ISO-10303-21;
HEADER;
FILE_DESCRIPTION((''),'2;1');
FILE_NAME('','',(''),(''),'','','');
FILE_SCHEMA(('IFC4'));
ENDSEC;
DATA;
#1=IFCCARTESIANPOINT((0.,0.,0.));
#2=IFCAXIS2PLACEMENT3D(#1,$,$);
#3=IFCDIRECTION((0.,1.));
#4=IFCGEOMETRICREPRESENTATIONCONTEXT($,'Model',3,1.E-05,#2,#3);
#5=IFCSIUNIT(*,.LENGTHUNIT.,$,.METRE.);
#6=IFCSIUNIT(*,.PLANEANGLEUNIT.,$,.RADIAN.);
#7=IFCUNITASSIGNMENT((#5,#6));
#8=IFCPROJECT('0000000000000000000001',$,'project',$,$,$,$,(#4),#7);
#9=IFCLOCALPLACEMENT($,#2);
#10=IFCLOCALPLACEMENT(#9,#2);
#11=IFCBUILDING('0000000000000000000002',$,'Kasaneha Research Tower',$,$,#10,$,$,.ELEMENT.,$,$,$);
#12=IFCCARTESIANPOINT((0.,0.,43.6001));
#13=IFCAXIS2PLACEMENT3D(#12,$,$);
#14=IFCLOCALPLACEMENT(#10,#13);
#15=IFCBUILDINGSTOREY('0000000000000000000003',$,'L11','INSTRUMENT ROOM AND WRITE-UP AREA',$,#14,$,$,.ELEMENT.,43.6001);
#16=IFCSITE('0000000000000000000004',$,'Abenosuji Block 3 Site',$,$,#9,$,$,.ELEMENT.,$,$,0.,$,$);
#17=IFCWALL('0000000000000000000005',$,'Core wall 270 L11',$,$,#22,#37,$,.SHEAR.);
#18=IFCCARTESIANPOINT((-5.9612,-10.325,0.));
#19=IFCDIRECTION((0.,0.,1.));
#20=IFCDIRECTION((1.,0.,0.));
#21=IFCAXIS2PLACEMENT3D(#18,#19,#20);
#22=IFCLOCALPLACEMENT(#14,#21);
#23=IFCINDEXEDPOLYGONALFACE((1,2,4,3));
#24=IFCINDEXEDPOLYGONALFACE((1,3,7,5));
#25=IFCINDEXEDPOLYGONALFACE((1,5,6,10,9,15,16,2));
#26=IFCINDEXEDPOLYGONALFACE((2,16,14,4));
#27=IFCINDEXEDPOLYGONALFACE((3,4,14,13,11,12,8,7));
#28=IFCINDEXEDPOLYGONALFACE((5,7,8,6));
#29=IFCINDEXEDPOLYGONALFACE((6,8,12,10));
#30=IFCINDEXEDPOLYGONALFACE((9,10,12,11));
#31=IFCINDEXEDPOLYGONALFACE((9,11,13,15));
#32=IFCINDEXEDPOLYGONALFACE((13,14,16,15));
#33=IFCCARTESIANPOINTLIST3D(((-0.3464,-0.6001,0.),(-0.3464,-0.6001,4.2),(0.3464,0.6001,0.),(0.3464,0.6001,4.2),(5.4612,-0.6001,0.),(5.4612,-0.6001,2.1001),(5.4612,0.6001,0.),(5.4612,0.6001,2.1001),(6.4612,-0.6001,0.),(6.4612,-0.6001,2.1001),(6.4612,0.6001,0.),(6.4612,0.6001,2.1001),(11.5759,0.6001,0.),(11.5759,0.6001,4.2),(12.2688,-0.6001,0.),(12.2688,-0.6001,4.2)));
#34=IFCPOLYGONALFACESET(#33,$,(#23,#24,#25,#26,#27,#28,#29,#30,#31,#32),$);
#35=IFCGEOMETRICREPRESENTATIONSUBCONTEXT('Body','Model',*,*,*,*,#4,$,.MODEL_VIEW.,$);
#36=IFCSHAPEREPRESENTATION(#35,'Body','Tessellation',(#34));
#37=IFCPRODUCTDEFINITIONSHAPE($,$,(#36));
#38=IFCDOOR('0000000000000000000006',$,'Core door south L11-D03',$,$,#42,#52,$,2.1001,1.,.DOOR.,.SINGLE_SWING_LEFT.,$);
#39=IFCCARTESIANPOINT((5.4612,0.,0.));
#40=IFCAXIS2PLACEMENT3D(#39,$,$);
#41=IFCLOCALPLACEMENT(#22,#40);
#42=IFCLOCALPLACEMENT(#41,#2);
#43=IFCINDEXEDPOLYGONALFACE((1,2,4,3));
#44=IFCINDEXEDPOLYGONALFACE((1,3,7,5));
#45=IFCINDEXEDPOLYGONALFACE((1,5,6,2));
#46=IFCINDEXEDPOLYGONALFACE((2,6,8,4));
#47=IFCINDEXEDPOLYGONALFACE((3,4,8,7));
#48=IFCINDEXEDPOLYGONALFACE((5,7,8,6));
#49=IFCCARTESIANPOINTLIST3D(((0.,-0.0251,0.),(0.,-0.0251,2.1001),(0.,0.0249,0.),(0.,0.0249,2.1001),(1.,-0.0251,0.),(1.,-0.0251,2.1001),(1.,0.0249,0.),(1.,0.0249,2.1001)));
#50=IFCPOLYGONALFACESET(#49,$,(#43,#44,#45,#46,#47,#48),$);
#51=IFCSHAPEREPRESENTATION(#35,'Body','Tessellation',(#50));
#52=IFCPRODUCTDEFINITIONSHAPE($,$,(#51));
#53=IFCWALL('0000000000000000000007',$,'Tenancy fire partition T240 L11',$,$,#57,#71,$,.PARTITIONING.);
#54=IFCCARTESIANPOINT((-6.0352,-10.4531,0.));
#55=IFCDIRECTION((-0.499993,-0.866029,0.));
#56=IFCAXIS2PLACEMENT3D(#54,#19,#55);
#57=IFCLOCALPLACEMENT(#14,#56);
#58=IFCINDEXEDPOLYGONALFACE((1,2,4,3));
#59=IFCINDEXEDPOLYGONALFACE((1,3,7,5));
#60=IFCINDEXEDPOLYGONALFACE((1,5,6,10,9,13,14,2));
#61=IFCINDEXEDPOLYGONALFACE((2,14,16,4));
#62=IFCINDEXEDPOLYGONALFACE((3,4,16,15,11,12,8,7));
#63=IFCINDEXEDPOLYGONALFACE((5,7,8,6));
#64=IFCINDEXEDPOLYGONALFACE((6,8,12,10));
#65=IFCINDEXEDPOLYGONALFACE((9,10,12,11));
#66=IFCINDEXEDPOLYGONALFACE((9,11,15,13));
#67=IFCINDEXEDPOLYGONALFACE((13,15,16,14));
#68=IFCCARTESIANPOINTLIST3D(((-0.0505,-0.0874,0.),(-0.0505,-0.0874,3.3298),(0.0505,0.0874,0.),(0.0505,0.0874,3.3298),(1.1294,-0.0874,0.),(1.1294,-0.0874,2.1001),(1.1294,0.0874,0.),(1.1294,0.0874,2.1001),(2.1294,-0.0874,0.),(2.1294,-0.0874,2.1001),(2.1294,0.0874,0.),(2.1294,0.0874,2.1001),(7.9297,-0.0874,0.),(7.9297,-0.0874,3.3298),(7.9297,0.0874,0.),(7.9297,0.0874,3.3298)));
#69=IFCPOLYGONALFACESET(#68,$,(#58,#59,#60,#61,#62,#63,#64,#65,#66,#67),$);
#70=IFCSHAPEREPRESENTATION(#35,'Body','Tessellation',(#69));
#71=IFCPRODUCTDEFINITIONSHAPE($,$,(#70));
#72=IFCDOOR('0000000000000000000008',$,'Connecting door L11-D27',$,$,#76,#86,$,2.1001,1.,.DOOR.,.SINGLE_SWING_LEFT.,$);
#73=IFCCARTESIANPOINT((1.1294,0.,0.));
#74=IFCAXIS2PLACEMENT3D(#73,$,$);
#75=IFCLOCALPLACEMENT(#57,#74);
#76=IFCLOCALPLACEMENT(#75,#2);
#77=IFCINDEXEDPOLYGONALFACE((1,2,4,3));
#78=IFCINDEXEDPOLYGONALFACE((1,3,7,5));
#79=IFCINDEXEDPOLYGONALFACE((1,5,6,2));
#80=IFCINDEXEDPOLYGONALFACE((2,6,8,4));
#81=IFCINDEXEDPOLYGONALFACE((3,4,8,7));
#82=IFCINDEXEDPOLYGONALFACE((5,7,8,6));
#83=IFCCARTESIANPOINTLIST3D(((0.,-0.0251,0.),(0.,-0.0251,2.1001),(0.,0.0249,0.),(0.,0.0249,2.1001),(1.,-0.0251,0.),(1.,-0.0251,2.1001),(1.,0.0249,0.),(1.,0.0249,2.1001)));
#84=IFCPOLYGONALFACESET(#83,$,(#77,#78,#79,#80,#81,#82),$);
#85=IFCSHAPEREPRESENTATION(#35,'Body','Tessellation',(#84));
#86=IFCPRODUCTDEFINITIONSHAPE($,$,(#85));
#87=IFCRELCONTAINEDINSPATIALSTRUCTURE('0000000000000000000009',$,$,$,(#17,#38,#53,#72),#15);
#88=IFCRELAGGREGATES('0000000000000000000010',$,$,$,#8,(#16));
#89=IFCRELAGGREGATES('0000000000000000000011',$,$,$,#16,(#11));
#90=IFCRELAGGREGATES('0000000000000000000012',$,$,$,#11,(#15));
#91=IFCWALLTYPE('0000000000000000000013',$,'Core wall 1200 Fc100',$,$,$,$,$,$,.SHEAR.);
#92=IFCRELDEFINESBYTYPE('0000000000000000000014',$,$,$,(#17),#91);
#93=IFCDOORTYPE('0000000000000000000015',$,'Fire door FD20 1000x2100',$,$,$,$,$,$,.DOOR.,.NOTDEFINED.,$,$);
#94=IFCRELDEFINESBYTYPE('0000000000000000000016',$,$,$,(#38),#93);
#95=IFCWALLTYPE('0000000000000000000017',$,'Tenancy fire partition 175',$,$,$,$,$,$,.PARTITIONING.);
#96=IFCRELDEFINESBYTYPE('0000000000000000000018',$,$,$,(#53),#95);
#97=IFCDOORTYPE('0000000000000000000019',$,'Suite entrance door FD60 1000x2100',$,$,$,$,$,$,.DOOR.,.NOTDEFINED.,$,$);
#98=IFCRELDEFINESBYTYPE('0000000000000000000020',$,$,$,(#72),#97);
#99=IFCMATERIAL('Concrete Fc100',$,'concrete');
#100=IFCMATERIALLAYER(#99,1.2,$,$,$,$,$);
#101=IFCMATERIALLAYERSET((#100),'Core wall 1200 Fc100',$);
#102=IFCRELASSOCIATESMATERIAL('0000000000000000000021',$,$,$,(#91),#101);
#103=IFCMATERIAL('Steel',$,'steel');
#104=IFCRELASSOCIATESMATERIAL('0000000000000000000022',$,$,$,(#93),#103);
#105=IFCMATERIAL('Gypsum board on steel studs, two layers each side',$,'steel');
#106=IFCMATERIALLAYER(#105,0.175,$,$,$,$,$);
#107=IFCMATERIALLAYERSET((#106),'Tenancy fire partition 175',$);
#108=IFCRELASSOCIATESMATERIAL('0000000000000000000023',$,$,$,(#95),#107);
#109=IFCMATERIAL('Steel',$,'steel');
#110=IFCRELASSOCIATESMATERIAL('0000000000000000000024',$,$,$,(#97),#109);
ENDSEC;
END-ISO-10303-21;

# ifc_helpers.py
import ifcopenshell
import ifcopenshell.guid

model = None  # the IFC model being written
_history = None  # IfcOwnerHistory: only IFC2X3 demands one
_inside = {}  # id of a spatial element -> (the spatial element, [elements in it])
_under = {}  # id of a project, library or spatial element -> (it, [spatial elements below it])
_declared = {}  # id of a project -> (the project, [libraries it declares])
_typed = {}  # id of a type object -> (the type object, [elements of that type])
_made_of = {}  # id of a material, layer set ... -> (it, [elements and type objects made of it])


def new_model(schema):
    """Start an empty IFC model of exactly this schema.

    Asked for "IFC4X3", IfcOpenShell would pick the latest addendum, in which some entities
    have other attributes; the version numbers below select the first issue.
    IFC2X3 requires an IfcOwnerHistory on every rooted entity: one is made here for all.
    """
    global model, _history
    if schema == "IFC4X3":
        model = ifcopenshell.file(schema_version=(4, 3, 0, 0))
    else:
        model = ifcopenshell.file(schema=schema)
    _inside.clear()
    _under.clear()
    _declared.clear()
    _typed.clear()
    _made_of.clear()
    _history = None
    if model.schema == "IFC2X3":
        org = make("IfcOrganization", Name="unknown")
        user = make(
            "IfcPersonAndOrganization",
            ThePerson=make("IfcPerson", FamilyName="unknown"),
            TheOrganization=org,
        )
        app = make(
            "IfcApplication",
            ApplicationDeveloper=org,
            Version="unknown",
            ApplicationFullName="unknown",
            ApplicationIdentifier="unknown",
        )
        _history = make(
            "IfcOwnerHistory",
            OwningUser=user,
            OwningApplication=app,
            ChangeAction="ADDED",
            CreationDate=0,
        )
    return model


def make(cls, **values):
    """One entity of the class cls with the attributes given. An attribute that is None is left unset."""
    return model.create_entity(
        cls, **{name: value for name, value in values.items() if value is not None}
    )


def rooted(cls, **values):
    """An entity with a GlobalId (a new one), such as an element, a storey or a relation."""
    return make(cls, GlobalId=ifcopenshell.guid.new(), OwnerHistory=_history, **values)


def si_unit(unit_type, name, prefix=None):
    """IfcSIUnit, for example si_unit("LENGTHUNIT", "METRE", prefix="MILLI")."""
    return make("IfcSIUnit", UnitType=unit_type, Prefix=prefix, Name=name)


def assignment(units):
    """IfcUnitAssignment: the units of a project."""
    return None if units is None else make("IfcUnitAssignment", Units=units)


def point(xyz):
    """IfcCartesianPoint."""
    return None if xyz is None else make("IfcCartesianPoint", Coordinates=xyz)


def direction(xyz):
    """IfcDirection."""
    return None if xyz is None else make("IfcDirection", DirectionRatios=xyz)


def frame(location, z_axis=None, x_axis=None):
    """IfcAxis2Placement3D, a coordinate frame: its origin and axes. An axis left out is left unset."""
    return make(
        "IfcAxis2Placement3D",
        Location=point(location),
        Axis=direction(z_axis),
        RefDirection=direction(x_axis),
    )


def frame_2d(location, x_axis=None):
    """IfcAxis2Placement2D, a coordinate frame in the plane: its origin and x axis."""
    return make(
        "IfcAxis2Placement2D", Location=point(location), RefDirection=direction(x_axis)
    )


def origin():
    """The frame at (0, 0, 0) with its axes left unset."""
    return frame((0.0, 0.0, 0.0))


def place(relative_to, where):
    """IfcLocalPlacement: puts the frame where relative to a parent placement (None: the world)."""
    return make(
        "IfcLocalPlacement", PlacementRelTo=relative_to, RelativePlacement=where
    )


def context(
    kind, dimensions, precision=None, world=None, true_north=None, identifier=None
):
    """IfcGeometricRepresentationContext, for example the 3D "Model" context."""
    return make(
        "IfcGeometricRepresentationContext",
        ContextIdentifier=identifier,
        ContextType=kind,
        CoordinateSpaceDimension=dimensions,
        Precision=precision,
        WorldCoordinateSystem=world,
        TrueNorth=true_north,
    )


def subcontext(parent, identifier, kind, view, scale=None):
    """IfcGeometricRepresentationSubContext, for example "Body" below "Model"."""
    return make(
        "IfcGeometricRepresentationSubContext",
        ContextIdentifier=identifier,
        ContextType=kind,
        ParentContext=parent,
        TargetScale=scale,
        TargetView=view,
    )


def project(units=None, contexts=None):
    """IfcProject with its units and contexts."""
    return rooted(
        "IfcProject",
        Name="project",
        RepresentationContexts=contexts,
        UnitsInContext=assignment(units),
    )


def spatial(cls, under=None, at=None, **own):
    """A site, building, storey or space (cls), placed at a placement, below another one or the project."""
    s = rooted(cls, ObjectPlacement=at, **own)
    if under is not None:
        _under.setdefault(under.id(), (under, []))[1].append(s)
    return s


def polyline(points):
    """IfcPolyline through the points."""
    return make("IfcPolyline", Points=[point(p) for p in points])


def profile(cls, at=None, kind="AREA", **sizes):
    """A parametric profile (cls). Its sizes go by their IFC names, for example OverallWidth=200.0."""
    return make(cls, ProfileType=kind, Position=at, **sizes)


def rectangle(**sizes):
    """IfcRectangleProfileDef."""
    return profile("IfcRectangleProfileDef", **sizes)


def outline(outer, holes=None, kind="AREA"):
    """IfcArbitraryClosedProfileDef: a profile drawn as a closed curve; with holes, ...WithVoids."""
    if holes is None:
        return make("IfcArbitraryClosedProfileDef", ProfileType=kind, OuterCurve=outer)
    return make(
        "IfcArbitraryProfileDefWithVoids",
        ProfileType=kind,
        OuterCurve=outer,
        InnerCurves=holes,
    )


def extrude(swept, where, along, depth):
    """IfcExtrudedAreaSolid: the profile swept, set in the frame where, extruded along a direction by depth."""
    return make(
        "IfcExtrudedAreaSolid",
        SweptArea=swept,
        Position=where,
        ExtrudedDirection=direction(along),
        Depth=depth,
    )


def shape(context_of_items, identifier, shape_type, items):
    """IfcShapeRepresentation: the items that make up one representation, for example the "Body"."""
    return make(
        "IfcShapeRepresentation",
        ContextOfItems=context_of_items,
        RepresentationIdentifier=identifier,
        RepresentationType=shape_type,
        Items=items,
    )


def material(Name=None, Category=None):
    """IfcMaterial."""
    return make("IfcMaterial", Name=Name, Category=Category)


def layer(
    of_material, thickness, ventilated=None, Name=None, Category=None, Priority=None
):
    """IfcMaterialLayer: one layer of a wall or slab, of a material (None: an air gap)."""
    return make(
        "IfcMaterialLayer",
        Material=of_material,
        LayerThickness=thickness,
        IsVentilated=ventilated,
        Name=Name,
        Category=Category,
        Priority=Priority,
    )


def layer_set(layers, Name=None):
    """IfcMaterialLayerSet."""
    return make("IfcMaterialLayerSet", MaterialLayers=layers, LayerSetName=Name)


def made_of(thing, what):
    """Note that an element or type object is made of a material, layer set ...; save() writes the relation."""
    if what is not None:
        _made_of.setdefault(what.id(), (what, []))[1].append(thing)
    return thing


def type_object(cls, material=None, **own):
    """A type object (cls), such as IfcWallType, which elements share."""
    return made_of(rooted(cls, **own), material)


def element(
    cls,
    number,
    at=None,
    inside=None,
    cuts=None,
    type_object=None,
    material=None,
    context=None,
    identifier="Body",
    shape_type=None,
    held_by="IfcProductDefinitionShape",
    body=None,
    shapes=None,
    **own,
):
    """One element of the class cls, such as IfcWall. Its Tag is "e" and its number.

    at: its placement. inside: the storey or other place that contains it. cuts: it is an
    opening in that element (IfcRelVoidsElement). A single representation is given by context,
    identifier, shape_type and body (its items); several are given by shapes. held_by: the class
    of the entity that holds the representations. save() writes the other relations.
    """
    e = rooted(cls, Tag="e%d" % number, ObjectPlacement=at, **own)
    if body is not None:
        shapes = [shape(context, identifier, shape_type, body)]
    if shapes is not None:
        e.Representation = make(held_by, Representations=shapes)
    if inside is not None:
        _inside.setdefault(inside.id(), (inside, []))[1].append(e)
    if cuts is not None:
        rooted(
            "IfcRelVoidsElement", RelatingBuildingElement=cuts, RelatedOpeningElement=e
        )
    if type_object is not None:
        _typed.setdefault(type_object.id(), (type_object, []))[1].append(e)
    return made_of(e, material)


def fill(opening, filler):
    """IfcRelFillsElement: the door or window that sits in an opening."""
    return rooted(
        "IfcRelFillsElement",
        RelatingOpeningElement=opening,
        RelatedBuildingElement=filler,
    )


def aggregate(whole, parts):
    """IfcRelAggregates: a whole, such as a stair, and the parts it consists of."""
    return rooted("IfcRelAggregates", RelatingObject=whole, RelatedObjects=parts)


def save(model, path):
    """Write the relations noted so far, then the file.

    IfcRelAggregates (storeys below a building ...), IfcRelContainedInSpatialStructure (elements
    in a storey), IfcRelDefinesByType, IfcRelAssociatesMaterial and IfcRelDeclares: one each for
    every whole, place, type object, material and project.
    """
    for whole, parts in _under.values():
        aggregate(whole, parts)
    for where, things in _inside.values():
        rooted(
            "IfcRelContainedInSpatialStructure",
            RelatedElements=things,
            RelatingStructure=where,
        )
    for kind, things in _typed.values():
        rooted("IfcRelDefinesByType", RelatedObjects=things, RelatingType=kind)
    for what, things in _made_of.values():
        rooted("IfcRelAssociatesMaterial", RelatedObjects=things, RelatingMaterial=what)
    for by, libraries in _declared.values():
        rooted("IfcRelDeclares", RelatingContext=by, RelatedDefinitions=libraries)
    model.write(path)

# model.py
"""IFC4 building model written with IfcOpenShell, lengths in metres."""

from ifc_helpers import new_model, si_unit, direction, frame, frame_2d, origin, place, context, subcontext, project, spatial, polyline, rectangle, outline, extrude, material, layer, layer_set, type_object, element, fill, save


model = new_model("IFC4")

# Units and contexts
model_context = context("Model", 3, precision=1e-05, world=origin(), true_north=direction((0.0, 1.0)))
body_context = subcontext(model_context, "Body", "Model", "MODEL_VIEW")
ifc_project = project(units=[si_unit("LENGTHUNIT", "METRE"), si_unit("PLANEANGLEUNIT", "RADIAN")], contexts=[model_context])

# Site, building, storey
site_placement = place(None, origin())
site = spatial("IfcSite", under=ifc_project, at=site_placement, Name="Abenosuji Block 3 Site", CompositionType="ELEMENT", RefElevation=0.0)
building_placement = place(site_placement, origin())
building = spatial("IfcBuilding", under=site, at=building_placement, Name="Kasaneha Research Tower", CompositionType="ELEMENT")
storey_placement = place(building_placement, frame((0.0, 0.0, 43.6001)))
storey = spatial("IfcBuildingStorey", under=building, at=storey_placement, Name="L11", Description="INSTRUMENT ROOM AND WRITE-UP AREA", CompositionType="ELEMENT", Elevation=43.6001)

# Wall, opening, door
ifc_material_1 = material(Name="Concrete Fc100", Category="concrete")
ifc_layer_1 = layer(ifc_material_1, 1.2)
ifc_layer_set_1 = layer_set([ifc_layer_1], Name="Core wall 1200 Fc100")
wall_type_1 = type_object("IfcWallType", Name="Core wall 1200 Fc100", PredefinedType="SHEAR", material=ifc_layer_set_1)
wall_1_placement = place(storey_placement, frame((-5.9612, -10.325, 0.0), z_axis=(0.0, 0.0, 1.0), x_axis=(1.0, 0.0, 0.0)))
wall_1 = element("IfcWall", 1, at=wall_1_placement, inside=storey, type_object=wall_type_1, Name="Core wall 270 L11", PredefinedType="SHEAR", context=body_context, shape_type="SweptSolid", body=[
    extrude(outline(polyline([(-0.3464, -0.6001), (5.4612, -0.6001), (6.4612, -0.6001), (12.2688, -0.6001), (11.5759, 0.6001), (6.4612, 0.6001), (5.4612, 0.6001), (0.3464, 0.6001), (-0.3464, -0.6001)])), origin(), (0.0, 0.0, 1.0), 4.2),
])
opening_1_placement = place(wall_1_placement, frame((5.4612, 0.0, 0.0)))
opening_1 = element("IfcOpeningElement", 2, at=opening_1_placement, cuts=wall_1, PredefinedType="OPENING", context=body_context, shape_type="SweptSolid", body=[
    extrude(rectangle(XDim=1.0, YDim=2.1001, at=frame_2d((0.5, 1.05))), frame((0.0, 0.6099, 0.0), z_axis=(0.0, -1.0, 0.0), x_axis=(1.0, 0.0, 0.0)), (0.0, 0.0, 1.0), 1.22),
])
ifc_material_2 = material(Name="Steel", Category="steel")
door_type_1 = type_object("IfcDoorType", Name="Fire door FD20 1000x2100", OperationType="NOTDEFINED", PredefinedType="DOOR", material=ifc_material_2)
door_1_placement = place(opening_1_placement, origin())
door_1 = element("IfcDoor", 3, at=door_1_placement, inside=storey, type_object=door_type_1, Name="Core door south L11-D03", OperationType="SINGLE_SWING_LEFT", OverallHeight=2.1001, OverallWidth=1.0, PredefinedType="DOOR", context=body_context, shape_type="SweptSolid", body=[
    extrude(rectangle(XDim=1.0, YDim=2.1001, at=frame_2d((0.5, 1.05))), frame((0.0, 0.0249, 0.0), z_axis=(0.0, -1.0, 0.0), x_axis=(1.0, 0.0, 0.0)), (0.0, 0.0, 1.0), 0.05),
])
fill(opening_1, door_1)

# Wall, opening, door
ifc_material_3 = material(Name="Gypsum board on steel studs, two layers each side", Category="steel")
ifc_layer_2 = layer(ifc_material_3, 0.175)
ifc_layer_set_2 = layer_set([ifc_layer_2], Name="Tenancy fire partition 175")
wall_type_2 = type_object("IfcWallType", Name="Tenancy fire partition 175", PredefinedType="PARTITIONING", material=ifc_layer_set_2)
wall_2_placement = place(storey_placement, frame((-6.0352, -10.4531, 0.0), z_axis=(0.0, 0.0, 1.0), x_axis=(-0.499993, -0.866029, 0.0)))
wall_2 = element("IfcWall", 4, at=wall_2_placement, inside=storey, type_object=wall_type_2, Name="Tenancy fire partition T240 L11", PredefinedType="PARTITIONING", context=body_context, shape_type="SweptSolid", body=[
    extrude(outline(polyline([(-0.0505, -0.0874), (1.1294, -0.0874), (2.1294, -0.0874), (7.9297, -0.0874), (7.9297, 0.0874), (2.1294, 0.0874), (1.1294, 0.0874), (0.0505, 0.0874), (-0.0505, -0.0874)])), origin(), (0.0, 0.0, 1.0), 3.3298),
])
opening_2_placement = place(wall_2_placement, frame((1.1294, 0.0, 0.0)))
opening_2 = element("IfcOpeningElement", 5, at=opening_2_placement, cuts=wall_2, PredefinedType="OPENING", context=body_context, shape_type="SweptSolid", body=[
    extrude(rectangle(XDim=1.0, YDim=2.1001, at=frame_2d((0.5, 1.05))), frame((0.0, 0.0977, 0.0), z_axis=(0.0, -1.0, 0.0), x_axis=(1.0, 0.0, 0.0)), (0.0, 0.0, 1.0), 0.1951),
])
ifc_material_4 = material(Name="Steel", Category="steel")
door_type_2 = type_object("IfcDoorType", Name="Suite entrance door FD60 1000x2100", OperationType="NOTDEFINED", PredefinedType="DOOR", material=ifc_material_4)
door_2_placement = place(opening_2_placement, origin())
door_2 = element("IfcDoor", 6, at=door_2_placement, inside=storey, type_object=door_type_2, Name="Connecting door L11-D27", OperationType="SINGLE_SWING_LEFT", OverallHeight=2.1001, OverallWidth=1.0, PredefinedType="DOOR", context=body_context, shape_type="SweptSolid", body=[
    extrude(rectangle(XDim=1.0, YDim=2.1001, at=frame_2d((0.5, 1.05))), frame((0.0, 0.0249, 0.0), z_axis=(0.0, -1.0, 0.0), x_axis=(1.0, 0.0, 0.0)), (0.0, 0.0, 1.0), 0.05),
])
fill(opening_2, door_2)

save(model, "model.ifc")
